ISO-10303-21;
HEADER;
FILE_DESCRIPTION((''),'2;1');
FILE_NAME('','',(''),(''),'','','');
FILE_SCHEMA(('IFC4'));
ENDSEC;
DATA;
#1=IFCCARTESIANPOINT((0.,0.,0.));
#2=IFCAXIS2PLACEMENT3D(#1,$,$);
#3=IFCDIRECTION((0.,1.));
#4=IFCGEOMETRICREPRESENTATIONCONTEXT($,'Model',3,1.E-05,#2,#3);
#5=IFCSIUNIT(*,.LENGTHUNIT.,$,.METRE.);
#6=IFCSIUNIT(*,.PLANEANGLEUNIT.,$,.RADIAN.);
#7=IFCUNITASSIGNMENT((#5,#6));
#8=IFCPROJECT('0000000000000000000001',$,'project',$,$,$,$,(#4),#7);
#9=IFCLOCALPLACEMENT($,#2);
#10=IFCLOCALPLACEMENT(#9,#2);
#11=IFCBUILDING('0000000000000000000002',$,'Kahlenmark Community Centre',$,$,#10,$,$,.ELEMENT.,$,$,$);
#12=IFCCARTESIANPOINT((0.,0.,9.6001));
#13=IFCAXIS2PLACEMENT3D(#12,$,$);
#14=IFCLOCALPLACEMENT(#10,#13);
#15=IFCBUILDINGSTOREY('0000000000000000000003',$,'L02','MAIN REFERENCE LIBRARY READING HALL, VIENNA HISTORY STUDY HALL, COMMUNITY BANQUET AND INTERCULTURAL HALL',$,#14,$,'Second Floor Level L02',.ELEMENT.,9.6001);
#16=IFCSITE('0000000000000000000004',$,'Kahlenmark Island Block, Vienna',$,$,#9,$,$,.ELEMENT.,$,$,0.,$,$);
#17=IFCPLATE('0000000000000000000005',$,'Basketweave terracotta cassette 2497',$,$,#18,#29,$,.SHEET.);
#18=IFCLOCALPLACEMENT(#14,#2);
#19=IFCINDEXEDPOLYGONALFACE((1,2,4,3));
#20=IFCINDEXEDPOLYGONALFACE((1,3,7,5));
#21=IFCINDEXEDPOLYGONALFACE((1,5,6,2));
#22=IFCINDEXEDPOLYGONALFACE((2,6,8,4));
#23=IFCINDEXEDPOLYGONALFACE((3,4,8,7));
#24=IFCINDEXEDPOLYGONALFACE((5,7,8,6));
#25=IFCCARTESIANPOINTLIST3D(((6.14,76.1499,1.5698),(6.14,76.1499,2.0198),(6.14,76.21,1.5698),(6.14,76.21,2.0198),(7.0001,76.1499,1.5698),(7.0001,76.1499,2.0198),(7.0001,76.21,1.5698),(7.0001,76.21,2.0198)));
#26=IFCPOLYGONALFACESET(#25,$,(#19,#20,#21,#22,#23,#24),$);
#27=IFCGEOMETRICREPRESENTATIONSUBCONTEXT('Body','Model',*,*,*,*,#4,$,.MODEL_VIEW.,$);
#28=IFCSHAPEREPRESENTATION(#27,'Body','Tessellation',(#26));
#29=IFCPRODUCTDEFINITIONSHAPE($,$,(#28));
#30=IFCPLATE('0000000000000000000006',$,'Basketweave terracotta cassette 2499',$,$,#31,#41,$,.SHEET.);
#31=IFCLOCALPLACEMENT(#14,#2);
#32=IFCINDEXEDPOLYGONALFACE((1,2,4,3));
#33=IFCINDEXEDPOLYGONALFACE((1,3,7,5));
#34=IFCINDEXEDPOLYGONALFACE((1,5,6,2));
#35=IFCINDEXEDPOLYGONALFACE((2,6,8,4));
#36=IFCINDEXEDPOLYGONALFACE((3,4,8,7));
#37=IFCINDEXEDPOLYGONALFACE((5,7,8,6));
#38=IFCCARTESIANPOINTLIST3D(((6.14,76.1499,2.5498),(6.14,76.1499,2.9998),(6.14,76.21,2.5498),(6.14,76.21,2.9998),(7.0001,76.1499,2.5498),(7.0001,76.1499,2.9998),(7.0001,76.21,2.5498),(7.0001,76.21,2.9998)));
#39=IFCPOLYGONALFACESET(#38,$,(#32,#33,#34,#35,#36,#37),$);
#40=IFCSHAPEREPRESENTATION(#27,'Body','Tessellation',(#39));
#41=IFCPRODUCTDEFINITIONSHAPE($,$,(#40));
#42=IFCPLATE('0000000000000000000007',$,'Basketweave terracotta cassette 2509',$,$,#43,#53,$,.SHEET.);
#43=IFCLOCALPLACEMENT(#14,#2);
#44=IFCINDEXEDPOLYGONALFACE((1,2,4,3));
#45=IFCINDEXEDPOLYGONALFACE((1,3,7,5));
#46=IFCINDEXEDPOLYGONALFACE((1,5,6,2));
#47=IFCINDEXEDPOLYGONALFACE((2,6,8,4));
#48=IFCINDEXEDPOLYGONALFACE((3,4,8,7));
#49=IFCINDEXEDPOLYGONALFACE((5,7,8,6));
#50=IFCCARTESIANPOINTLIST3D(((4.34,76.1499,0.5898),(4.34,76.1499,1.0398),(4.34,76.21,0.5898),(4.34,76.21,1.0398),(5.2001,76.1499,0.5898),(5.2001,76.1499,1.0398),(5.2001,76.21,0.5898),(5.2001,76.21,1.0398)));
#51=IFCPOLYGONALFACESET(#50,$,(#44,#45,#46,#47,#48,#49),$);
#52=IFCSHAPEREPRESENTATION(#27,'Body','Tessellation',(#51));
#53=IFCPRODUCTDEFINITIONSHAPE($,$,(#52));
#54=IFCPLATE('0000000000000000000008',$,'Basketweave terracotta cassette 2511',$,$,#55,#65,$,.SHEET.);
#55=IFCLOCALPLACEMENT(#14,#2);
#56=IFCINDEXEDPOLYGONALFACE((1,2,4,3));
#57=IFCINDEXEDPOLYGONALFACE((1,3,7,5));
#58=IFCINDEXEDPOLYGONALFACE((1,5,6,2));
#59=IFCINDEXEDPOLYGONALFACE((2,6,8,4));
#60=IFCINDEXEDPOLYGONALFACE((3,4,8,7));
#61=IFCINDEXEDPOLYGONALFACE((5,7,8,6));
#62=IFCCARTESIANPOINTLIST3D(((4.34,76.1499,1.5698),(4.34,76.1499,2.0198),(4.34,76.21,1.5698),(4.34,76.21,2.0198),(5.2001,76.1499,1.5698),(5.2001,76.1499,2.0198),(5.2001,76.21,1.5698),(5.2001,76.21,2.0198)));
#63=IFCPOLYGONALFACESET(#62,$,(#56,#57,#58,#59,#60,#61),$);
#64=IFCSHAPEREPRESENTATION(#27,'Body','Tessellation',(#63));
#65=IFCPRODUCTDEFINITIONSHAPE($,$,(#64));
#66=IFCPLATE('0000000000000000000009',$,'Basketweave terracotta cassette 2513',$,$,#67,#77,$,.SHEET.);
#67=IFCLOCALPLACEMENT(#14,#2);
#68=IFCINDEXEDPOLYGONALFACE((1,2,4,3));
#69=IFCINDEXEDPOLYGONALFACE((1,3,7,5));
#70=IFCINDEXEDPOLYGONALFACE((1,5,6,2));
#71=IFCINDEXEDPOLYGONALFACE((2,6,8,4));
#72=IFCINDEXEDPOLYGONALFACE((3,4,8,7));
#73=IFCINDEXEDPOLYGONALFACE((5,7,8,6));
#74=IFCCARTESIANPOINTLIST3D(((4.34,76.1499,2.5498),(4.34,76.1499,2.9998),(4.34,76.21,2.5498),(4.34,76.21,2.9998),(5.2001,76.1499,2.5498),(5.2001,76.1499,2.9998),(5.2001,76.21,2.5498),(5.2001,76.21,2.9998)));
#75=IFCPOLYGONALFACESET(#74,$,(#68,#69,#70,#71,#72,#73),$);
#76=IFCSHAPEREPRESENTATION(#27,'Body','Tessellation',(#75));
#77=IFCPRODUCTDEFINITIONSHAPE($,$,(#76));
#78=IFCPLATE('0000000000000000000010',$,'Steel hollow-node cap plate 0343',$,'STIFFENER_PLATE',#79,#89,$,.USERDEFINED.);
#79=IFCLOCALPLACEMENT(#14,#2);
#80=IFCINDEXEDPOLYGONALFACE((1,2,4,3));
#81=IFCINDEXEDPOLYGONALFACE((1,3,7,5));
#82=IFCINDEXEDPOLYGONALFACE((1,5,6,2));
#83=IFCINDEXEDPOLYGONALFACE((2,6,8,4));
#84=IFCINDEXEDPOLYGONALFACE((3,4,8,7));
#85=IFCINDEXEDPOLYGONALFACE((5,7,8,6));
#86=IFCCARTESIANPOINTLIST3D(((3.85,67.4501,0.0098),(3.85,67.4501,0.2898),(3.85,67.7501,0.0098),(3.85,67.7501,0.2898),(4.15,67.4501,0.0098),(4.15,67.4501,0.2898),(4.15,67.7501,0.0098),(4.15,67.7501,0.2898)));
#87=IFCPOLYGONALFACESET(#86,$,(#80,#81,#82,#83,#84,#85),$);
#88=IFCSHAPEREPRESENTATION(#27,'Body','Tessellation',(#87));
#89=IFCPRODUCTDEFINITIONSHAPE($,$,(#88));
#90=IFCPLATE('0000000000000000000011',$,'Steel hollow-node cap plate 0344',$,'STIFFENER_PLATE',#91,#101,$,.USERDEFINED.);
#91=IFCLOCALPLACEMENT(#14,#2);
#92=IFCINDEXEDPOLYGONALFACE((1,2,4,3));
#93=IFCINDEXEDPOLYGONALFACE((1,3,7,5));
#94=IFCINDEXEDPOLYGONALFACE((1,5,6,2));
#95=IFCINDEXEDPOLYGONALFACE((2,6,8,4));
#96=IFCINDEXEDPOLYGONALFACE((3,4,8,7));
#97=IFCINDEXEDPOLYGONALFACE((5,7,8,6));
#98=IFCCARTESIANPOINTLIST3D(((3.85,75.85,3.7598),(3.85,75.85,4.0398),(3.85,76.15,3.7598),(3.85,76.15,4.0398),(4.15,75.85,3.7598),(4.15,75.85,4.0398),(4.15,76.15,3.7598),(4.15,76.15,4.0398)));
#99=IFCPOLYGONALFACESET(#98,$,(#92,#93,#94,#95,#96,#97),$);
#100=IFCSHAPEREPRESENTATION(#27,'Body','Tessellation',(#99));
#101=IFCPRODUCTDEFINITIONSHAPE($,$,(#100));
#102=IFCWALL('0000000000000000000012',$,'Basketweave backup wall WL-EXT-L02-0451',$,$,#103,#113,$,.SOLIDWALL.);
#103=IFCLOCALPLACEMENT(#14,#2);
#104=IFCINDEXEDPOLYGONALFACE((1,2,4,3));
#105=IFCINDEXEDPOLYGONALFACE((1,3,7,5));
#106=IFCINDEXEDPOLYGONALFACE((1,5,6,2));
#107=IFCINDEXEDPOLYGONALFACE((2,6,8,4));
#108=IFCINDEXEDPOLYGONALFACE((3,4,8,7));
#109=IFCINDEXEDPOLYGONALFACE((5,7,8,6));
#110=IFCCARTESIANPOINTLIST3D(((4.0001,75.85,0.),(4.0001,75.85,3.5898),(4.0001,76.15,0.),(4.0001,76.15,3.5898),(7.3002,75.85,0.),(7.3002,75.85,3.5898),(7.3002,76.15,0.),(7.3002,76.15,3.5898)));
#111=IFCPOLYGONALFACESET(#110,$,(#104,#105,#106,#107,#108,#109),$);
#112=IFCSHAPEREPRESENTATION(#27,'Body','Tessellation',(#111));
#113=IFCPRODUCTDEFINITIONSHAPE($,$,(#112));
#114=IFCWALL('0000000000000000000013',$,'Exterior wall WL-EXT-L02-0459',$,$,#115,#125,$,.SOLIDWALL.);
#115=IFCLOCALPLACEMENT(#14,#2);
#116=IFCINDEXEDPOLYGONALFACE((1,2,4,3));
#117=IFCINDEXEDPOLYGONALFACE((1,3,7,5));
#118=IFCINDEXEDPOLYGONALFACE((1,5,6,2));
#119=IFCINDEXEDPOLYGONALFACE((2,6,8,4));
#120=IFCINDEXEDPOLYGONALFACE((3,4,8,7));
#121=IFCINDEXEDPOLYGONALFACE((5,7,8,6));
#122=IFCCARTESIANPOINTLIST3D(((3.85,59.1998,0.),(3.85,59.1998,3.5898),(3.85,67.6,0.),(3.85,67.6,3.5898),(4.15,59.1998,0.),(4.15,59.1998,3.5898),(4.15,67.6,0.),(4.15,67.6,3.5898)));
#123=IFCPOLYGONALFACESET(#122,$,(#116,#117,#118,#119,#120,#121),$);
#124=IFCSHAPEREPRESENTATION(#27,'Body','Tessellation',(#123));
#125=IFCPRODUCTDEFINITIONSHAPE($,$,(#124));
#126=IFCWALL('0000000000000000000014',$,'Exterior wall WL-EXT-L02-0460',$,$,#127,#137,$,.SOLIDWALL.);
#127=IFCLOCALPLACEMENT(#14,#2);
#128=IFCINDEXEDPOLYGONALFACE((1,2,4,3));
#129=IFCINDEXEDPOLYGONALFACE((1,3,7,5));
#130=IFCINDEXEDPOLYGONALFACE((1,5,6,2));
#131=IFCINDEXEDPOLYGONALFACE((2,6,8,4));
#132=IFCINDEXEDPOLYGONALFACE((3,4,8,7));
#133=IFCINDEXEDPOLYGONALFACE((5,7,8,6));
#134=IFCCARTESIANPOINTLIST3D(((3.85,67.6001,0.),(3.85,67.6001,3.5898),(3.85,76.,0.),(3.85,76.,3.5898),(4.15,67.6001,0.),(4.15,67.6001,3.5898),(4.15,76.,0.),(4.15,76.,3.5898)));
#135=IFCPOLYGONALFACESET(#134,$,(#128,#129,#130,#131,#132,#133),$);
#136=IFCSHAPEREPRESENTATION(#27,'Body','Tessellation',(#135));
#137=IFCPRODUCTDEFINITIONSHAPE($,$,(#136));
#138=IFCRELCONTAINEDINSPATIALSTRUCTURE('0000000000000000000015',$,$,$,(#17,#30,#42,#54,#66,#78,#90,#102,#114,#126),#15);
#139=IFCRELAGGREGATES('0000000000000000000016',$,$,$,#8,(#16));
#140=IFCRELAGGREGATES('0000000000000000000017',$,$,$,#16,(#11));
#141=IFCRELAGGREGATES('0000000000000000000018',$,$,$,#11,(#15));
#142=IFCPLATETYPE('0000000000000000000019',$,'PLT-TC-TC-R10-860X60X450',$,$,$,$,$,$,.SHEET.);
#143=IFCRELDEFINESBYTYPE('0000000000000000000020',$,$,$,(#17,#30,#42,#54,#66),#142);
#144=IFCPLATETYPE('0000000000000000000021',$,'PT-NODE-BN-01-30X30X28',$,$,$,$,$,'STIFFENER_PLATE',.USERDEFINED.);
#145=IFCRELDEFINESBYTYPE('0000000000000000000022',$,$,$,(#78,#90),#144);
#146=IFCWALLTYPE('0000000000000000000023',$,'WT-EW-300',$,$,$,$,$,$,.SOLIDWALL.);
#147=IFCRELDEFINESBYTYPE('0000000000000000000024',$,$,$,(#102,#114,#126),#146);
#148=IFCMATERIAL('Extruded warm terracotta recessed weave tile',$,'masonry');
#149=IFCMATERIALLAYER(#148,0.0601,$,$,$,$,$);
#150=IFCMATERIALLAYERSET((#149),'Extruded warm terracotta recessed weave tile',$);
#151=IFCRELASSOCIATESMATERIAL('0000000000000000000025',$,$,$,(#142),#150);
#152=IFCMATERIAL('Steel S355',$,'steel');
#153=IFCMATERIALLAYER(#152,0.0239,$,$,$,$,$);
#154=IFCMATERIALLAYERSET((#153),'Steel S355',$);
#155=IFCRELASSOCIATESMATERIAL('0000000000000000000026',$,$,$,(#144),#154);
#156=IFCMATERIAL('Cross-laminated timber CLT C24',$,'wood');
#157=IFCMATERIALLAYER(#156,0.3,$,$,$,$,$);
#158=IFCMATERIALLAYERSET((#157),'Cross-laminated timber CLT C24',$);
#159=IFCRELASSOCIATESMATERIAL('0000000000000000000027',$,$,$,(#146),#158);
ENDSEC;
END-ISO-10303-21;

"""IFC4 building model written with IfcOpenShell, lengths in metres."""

from ifc_helpers import new_model, si_unit, direction, frame, frame_2d, origin, origin_2d, place, context, subcontext, project, spatial, rectangle, extrude, material, layer, layer_set, type_object, element, save


model = new_model("IFC4")

# Units and contexts
model_context = context("Model", 3, precision=1e-05, world=origin(), true_north=direction((0.0, 1.0)))
body_context = subcontext(model_context, "Body", "Model", "MODEL_VIEW")
ifc_project = project(units=[si_unit("LENGTHUNIT", "METRE"), si_unit("PLANEANGLEUNIT", "RADIAN")], contexts=[model_context])

# Site, building, storey
site_placement = place(None, origin())
site = spatial("IfcSite", under=ifc_project, at=site_placement, Name="Kahlenmark Island Block, Vienna", CompositionType="ELEMENT", RefElevation=0.0)
building_placement = place(site_placement, origin())
building = spatial("IfcBuilding", under=site, at=building_placement, Name="Kahlenmark Community Centre", CompositionType="ELEMENT")
storey_placement = place(building_placement, frame((0.0, 0.0, 9.6001)))
storey = spatial("IfcBuildingStorey", under=building, at=storey_placement, Name="L02", Description="MAIN REFERENCE LIBRARY READING HALL, VIENNA HISTORY STUDY HALL, COMMUNITY BANQUET AND INTERCULTURAL HALL", LongName="Second Floor Level L02", CompositionType="ELEMENT", Elevation=9.6001)

# Shared definitions
ifc_material_1 = material(Name="Steel S355", Category="steel")

# Plates
ifc_material_2 = material(Name="Extruded warm terracotta recessed weave tile", Category="masonry")
ifc_layer_1 = layer(ifc_material_2, 0.0601)
ifc_layer_set_1 = layer_set([ifc_layer_1], Name="Extruded warm terracotta recessed weave tile")
plate_type_1 = type_object("IfcPlateType", Name="PLT-TC-TC-R10-860X60X450", PredefinedType="SHEET", material=ifc_layer_set_1)
for number, where, z_axis, x_axis, name in (
    (1, (6.5701, 76.1799, 1.5698), (0.0, 0.0, 1.0), (-1.0, 0.0, 0.0), "Basketweave terracotta cassette 2497"),
    (2, (6.5701, 76.1799, 2.5498), (0.0, 0.0, 1.0), (-1.0, 0.0, 0.0), "Basketweave terracotta cassette 2499"),
    (3, (4.77, 76.1799, 0.5898), (0.0, 0.0, 1.0), (-1.0, 0.0, 0.0), "Basketweave terracotta cassette 2509"),
    (4, (4.77, 76.1799, 1.5698), (0.0, 0.0, 1.0), (-1.0, 0.0, 0.0), "Basketweave terracotta cassette 2511"),
    (5, (4.77, 76.1799, 2.5498), (0.0, 0.0, 1.0), (-1.0, 0.0, 0.0), "Basketweave terracotta cassette 2513"),
):
    element("IfcPlate", number, at=place(storey_placement, frame(where, z_axis=z_axis, x_axis=x_axis)), inside=storey, type_object=plate_type_1, Name=name, PredefinedType="SHEET", context=body_context, shape_type="SweptSolid", body=[
        extrude(rectangle(XDim=0.8601, YDim=0.0601, at=origin_2d()), origin(), (0.0, 0.0, 1.0), 0.45),
    ])
ifc_layer_2 = layer(ifc_material_1, 0.0239)
ifc_layer_set_2 = layer_set([ifc_layer_2], Name="Steel S355")
plate_type_2 = type_object("IfcPlateType", Name="PT-NODE-BN-01-30X30X28", ElementType="STIFFENER_PLATE", PredefinedType="USERDEFINED", material=ifc_layer_set_2)
for number, where, z_axis, x_axis, name in (
    (6, (4.0, 67.6001, 0.0098), (0.0, 0.0, 1.0), (1.0, 0.0, 0.0), "Steel hollow-node cap plate 0343"),
    (7, (4.0, 76.0, 3.7598), (0.0, 0.0, 1.0), (1.0, 0.0, 0.0), "Steel hollow-node cap plate 0344"),
):
    element("IfcPlate", number, at=place(storey_placement, frame(where, z_axis=z_axis, x_axis=x_axis)), inside=storey, type_object=plate_type_2, Name=name, ObjectType="STIFFENER_PLATE", PredefinedType="USERDEFINED", context=body_context, shape_type="SweptSolid", body=[
        extrude(rectangle(XDim=0.3, YDim=0.3, at=origin_2d()), origin(), (0.0, 0.0, 1.0), 0.28),
    ])

# Walls
ifc_material_3 = material(Name="Cross-laminated timber CLT C24", Category="wood")
ifc_layer_3 = layer(ifc_material_3, 0.3)
ifc_layer_set_3 = layer_set([ifc_layer_3], Name="Cross-laminated timber CLT C24")
wall_type = type_object("IfcWallType", Name="WT-EW-300", PredefinedType="SOLIDWALL", material=ifc_layer_set_3)
wall_1_placement = place(storey_placement, frame((7.3, 76.0, 0.0), z_axis=(0.0, 0.0, 1.0), x_axis=(-1.0, 0.0, 0.0)))
element("IfcWall", 8, at=wall_1_placement, inside=storey, type_object=wall_type, Name="Basketweave backup wall WL-EXT-L02-0451", PredefinedType="SOLIDWALL", context=body_context, shape_type="SweptSolid", body=[
    extrude(rectangle(XDim=3.3, YDim=0.3, at=frame_2d((1.6499, 0.0))), origin(), (0.0, 0.0, 1.0), 3.5898),
])
wall_2_placement = place(storey_placement, frame((4.0, 67.6001, 0.0), z_axis=(0.0, 0.0, 1.0), x_axis=(0.0, -1.0, 0.0)))
element("IfcWall", 9, at=wall_2_placement, inside=storey, type_object=wall_type, Name="Exterior wall WL-EXT-L02-0459", PredefinedType="SOLIDWALL", context=body_context, shape_type="SweptSolid", body=[
    extrude(rectangle(XDim=8.4001, YDim=0.3, at=frame_2d((4.2002, 0.0))), origin(), (0.0, 0.0, 1.0), 3.5898),
])
wall_3_placement = place(storey_placement, frame((4.0, 76.0, 0.0), z_axis=(0.0, 0.0, 1.0), x_axis=(0.0, -1.0, 0.0)))
element("IfcWall", 10, at=wall_3_placement, inside=storey, type_object=wall_type, Name="Exterior wall WL-EXT-L02-0460", PredefinedType="SOLIDWALL", context=body_context, shape_type="SweptSolid", body=[
    extrude(rectangle(XDim=8.3999, YDim=0.3, at=frame_2d((4.2, 0.0))), origin(), (0.0, 0.0, 1.0), 3.5898),
])

save(model, "model.ifc")
